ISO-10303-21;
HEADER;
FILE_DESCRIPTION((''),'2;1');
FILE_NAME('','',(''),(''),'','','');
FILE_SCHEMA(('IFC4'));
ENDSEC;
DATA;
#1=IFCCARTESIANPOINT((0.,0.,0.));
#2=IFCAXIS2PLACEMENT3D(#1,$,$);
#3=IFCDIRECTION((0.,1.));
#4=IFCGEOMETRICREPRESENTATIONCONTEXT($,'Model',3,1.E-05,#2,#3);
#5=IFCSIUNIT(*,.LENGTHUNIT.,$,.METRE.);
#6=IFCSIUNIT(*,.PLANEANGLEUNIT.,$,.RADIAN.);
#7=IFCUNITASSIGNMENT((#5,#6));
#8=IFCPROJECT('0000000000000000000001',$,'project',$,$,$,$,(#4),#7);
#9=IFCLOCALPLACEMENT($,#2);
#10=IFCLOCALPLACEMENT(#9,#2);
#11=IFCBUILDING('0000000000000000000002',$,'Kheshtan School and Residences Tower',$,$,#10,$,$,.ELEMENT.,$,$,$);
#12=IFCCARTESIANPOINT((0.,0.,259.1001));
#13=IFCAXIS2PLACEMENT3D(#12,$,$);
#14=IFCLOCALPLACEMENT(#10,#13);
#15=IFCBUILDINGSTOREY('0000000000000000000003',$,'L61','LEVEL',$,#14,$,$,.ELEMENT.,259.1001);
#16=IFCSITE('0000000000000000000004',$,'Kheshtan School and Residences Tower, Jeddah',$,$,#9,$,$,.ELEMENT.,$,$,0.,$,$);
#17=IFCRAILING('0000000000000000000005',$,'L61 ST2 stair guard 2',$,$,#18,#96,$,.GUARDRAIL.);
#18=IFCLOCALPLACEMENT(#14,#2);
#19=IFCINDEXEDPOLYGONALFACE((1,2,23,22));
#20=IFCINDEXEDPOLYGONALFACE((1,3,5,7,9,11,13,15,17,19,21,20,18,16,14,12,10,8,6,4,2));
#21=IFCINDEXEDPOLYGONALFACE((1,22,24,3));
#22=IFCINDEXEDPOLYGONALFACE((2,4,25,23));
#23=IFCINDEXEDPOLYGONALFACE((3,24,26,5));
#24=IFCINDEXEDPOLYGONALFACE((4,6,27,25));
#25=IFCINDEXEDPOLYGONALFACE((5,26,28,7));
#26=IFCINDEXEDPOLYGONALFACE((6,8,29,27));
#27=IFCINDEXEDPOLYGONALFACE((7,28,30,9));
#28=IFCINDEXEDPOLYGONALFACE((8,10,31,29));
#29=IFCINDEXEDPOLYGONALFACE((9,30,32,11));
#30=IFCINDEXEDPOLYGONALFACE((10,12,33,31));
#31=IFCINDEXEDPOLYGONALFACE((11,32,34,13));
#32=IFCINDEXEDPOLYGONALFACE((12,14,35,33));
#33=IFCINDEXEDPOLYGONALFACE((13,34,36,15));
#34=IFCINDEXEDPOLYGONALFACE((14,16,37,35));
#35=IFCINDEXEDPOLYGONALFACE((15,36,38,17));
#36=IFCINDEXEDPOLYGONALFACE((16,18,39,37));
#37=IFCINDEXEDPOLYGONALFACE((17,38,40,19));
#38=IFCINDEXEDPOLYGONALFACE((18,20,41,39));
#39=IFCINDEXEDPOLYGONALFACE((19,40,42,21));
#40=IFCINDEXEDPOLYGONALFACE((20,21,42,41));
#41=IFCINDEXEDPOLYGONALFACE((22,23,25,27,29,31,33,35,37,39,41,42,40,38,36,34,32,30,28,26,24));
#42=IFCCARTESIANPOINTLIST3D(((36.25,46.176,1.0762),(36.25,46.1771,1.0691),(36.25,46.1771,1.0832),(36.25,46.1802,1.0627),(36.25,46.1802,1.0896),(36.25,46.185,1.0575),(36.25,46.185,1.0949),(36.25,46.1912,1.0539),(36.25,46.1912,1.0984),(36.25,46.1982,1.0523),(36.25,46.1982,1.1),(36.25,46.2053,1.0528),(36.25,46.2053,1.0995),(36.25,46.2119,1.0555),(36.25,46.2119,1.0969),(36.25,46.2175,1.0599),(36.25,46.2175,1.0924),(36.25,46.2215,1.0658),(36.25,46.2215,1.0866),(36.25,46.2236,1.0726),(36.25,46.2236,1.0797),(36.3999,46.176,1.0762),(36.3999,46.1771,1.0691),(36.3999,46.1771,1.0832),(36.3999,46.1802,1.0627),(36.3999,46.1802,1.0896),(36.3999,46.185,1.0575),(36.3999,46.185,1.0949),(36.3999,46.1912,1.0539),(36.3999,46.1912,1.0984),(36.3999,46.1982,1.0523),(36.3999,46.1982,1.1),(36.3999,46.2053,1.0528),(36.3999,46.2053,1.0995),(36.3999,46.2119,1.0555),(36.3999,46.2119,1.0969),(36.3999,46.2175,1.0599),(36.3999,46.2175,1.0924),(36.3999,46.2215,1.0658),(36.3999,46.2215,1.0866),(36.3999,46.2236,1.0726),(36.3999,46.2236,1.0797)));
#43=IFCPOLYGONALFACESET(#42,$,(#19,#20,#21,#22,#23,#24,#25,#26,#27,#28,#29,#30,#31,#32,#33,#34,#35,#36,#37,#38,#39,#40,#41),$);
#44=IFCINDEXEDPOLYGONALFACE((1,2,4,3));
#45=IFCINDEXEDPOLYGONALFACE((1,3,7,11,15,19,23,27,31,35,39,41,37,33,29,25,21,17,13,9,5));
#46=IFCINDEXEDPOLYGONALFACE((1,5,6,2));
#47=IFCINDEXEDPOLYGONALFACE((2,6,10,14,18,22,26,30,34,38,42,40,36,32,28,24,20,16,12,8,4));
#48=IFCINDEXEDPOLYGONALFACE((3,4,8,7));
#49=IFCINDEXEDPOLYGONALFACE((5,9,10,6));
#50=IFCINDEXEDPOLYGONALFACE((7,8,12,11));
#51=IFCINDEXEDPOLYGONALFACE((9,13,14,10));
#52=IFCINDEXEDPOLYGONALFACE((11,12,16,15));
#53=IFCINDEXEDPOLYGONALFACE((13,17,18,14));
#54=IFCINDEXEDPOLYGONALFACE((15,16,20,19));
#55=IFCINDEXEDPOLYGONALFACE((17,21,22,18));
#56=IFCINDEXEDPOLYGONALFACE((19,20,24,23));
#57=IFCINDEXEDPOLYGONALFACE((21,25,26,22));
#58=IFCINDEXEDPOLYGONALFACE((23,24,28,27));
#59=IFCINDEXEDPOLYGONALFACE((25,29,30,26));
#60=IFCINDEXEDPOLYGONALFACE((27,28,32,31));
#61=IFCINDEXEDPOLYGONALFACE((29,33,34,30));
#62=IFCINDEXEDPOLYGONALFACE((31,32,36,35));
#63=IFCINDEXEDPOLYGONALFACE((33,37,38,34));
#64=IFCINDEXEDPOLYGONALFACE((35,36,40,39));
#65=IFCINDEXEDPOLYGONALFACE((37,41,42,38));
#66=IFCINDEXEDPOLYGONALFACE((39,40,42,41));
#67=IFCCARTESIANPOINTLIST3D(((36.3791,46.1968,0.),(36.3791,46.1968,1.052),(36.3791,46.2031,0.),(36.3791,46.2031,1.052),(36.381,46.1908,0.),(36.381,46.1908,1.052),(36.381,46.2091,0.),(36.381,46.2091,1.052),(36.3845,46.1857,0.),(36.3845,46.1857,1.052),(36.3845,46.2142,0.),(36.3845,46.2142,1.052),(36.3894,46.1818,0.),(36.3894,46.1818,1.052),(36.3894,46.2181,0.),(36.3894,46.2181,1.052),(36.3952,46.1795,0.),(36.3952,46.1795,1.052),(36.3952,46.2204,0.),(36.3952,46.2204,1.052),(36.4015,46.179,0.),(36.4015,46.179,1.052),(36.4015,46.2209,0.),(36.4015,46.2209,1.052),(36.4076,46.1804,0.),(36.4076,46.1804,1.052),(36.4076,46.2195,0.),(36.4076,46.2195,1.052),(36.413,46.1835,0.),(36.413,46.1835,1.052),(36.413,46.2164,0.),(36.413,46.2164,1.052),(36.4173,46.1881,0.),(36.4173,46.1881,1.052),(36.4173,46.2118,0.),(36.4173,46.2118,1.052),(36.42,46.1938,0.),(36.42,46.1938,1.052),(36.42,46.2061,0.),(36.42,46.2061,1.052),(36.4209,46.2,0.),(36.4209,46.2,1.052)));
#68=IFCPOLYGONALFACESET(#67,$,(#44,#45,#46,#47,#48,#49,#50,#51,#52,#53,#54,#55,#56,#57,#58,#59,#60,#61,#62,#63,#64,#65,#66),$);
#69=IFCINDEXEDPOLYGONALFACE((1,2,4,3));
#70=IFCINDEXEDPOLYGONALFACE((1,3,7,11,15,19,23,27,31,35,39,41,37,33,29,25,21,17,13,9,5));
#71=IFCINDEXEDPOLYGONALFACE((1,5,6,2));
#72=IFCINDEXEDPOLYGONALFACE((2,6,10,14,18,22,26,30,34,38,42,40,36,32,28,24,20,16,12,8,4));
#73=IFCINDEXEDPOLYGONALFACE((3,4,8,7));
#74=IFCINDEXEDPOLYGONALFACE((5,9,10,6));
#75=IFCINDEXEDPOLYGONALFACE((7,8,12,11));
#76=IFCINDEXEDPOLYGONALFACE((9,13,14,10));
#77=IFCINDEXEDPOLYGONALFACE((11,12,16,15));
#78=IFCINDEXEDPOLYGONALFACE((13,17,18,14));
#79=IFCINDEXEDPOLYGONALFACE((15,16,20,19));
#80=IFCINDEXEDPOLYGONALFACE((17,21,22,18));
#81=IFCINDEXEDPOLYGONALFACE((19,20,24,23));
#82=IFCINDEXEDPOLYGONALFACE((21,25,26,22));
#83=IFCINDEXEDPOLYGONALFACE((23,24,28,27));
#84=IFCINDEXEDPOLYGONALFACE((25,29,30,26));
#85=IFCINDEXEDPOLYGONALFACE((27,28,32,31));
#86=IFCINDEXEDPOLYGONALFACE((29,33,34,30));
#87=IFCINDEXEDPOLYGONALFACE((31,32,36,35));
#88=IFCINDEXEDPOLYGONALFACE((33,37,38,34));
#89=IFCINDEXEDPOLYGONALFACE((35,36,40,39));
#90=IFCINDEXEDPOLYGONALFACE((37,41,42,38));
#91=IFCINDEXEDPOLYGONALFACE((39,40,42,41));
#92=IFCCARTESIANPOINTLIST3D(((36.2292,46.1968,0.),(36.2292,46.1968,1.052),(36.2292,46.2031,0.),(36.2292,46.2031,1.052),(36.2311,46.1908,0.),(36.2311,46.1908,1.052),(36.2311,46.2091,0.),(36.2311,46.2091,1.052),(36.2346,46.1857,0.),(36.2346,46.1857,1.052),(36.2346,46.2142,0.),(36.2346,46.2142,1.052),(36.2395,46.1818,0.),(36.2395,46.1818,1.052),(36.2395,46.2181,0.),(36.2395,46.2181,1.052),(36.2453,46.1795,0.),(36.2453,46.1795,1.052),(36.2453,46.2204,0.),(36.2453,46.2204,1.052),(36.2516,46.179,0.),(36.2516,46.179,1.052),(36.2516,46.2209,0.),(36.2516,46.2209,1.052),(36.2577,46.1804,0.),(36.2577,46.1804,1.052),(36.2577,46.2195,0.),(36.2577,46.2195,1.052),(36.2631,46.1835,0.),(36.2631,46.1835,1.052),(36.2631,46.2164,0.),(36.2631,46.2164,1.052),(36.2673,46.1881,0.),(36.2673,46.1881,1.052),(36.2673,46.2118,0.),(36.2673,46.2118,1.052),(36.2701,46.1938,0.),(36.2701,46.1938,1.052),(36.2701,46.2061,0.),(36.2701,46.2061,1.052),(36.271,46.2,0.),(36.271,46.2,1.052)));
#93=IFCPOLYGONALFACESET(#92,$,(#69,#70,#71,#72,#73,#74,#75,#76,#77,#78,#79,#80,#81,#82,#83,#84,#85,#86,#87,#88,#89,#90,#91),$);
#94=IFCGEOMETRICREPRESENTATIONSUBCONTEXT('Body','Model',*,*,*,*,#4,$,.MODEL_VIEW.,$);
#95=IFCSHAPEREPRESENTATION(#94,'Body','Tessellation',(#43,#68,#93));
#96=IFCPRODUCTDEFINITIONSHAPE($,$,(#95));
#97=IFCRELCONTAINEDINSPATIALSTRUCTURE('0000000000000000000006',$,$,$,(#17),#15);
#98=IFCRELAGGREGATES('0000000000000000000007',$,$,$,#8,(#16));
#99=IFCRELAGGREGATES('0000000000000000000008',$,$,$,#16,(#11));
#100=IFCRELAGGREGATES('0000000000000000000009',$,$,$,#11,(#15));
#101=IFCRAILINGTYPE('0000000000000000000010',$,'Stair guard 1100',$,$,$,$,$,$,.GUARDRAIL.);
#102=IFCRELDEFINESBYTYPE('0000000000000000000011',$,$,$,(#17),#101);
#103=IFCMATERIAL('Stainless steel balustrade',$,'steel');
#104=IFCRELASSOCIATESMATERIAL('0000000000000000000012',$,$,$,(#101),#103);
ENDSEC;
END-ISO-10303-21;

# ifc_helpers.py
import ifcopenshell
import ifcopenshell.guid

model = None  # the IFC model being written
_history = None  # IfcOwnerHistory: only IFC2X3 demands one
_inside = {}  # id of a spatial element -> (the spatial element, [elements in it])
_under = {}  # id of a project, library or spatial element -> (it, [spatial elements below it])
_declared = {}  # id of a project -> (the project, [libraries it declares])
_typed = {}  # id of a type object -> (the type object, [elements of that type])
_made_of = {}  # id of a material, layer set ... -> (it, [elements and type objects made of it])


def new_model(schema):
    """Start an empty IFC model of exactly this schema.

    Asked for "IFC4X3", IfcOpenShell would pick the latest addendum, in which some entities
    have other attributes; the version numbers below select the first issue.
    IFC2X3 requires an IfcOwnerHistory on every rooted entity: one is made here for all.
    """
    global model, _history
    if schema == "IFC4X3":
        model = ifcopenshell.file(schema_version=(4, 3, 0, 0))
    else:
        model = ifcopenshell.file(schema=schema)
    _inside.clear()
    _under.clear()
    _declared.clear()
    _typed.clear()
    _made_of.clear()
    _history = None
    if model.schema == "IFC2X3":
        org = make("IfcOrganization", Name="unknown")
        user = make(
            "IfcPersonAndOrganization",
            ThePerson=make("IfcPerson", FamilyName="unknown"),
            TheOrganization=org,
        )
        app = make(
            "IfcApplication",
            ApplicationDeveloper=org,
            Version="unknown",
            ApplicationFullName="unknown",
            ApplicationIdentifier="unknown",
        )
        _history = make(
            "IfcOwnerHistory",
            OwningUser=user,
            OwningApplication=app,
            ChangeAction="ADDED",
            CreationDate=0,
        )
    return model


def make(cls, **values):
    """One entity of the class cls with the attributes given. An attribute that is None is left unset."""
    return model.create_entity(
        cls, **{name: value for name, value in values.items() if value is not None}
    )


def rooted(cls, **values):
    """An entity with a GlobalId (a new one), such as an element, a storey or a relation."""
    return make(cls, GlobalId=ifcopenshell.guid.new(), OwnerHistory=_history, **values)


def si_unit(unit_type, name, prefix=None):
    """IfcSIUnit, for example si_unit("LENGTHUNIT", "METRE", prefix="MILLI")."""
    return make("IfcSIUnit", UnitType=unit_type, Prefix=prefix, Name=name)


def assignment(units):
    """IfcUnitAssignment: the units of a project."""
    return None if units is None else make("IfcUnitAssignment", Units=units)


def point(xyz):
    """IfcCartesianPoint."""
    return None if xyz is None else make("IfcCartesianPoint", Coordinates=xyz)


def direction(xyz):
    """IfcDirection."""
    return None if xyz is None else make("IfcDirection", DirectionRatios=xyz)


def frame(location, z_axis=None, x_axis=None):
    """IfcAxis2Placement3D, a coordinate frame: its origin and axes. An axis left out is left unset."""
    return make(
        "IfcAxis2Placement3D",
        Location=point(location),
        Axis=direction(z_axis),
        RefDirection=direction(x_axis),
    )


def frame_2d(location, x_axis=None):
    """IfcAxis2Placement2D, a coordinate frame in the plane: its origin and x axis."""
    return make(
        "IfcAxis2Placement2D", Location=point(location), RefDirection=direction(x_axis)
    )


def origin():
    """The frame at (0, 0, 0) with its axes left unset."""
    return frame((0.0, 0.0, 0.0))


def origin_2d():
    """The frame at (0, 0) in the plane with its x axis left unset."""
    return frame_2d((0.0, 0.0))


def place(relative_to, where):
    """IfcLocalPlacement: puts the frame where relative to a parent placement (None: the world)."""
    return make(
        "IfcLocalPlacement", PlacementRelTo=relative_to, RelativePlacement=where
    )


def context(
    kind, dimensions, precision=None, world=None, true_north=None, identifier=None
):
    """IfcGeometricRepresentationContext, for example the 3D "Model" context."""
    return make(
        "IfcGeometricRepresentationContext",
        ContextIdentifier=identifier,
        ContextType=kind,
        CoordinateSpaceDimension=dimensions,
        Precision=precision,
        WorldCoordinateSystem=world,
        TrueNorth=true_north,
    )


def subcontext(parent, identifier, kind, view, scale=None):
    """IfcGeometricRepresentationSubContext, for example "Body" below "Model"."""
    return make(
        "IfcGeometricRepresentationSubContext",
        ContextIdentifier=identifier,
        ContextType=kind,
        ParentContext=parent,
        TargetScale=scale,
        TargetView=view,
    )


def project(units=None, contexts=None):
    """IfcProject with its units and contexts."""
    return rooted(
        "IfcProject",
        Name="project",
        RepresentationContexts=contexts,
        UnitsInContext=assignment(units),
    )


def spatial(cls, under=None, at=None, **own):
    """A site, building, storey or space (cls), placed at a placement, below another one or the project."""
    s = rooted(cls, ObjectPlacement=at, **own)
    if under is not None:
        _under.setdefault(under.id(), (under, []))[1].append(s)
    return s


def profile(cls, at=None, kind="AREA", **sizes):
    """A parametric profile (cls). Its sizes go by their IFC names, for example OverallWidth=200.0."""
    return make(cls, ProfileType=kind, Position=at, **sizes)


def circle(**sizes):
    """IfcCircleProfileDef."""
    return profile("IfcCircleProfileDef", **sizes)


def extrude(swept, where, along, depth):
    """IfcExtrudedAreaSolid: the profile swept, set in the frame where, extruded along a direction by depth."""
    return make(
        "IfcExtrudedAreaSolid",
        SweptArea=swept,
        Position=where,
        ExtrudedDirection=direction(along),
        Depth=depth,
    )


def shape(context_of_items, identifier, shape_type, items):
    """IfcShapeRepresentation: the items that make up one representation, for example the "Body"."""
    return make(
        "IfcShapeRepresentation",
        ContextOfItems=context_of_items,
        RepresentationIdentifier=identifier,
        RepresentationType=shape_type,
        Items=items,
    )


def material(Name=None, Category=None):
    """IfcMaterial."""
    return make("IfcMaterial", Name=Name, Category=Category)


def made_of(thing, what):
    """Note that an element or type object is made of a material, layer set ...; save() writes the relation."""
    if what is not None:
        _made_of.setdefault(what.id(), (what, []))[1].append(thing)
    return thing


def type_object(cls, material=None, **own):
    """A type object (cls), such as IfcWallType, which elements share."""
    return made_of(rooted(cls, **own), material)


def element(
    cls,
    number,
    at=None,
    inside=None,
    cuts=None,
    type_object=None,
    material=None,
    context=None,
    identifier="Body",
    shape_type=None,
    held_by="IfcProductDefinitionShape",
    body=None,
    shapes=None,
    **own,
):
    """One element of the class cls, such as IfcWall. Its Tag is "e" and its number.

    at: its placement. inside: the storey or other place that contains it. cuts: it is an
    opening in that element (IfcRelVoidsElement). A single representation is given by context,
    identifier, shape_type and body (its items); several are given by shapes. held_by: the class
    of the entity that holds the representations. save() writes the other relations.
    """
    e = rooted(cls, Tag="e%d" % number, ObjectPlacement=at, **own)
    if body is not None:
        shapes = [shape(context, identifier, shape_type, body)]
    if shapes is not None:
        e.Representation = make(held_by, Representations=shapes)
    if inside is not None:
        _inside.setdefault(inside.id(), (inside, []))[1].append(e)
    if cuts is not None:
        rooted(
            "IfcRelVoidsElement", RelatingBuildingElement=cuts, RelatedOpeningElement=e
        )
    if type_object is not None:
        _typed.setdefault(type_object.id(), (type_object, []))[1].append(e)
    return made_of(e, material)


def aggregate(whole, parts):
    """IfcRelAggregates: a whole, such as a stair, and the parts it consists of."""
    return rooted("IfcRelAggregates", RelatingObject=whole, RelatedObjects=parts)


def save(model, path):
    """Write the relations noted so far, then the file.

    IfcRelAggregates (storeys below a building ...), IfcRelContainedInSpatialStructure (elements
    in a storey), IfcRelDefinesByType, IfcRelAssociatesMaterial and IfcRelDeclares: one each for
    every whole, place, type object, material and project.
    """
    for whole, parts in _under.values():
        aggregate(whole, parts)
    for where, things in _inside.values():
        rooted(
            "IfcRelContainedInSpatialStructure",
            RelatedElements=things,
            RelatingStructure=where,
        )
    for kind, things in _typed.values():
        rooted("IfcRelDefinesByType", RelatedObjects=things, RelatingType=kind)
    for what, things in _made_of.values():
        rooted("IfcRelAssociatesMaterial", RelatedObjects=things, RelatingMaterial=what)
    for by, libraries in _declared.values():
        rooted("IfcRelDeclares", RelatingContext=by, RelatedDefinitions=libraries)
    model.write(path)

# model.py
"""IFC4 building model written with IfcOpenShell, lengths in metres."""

from ifc_helpers import new_model, si_unit, direction, frame, origin, origin_2d, place, context, subcontext, project, spatial, circle, extrude, material, type_object, element, save


model = new_model("IFC4")

# Units and contexts
model_context = context("Model", 3, precision=1e-05, world=origin(), true_north=direction((0.0, 1.0)))
body_context = subcontext(model_context, "Body", "Model", "MODEL_VIEW")
ifc_project = project(units=[si_unit("LENGTHUNIT", "METRE"), si_unit("PLANEANGLEUNIT", "RADIAN")], contexts=[model_context])

# Site, building, storey
site_placement = place(None, origin())
site = spatial("IfcSite", under=ifc_project, at=site_placement, Name="Kheshtan School and Residences Tower, Jeddah", CompositionType="ELEMENT", RefElevation=0.0)
building_placement = place(site_placement, origin())
building = spatial("IfcBuilding", under=site, at=building_placement, Name="Kheshtan School and Residences Tower", CompositionType="ELEMENT")
storey_placement = place(building_placement, frame((0.0, 0.0, 259.1001)))
storey = spatial("IfcBuildingStorey", under=building, at=storey_placement, Name="L61", Description="LEVEL", CompositionType="ELEMENT", Elevation=259.1001)

# Railing
ifc_material_1 = material(Name="Stainless steel balustrade", Category="steel")
railing_type_1 = type_object("IfcRailingType", Name="Stair guard 1100", PredefinedType="GUARDRAIL", material=ifc_material_1)
railing_1_placement = place(storey_placement, frame((36.3999, 46.2, 0.0)))
element("IfcRailing", 1, at=railing_1_placement, inside=storey, type_object=railing_type_1, Name="L61 ST2 stair guard 2", PredefinedType="GUARDRAIL", context=body_context, shape_type="SweptSolid", body=[
    extrude(circle(Radius=0.0239, at=origin_2d()), frame((0.0, 0.0, 1.0762), z_axis=(-1.0, 0.0, 0.0), x_axis=(0.0, -1.0, 0.0)), (0.0, 0.0, 1.0), 0.1499),
    extrude(circle(Radius=0.021, at=origin_2d()), origin(), (0.0, 0.0, 1.0), 1.052),
    extrude(circle(Radius=0.021, at=origin_2d()), frame((-0.1499, 0.0, 0.0)), (0.0, 0.0, 1.0), 1.052),
])

save(model, "model.ifc")
